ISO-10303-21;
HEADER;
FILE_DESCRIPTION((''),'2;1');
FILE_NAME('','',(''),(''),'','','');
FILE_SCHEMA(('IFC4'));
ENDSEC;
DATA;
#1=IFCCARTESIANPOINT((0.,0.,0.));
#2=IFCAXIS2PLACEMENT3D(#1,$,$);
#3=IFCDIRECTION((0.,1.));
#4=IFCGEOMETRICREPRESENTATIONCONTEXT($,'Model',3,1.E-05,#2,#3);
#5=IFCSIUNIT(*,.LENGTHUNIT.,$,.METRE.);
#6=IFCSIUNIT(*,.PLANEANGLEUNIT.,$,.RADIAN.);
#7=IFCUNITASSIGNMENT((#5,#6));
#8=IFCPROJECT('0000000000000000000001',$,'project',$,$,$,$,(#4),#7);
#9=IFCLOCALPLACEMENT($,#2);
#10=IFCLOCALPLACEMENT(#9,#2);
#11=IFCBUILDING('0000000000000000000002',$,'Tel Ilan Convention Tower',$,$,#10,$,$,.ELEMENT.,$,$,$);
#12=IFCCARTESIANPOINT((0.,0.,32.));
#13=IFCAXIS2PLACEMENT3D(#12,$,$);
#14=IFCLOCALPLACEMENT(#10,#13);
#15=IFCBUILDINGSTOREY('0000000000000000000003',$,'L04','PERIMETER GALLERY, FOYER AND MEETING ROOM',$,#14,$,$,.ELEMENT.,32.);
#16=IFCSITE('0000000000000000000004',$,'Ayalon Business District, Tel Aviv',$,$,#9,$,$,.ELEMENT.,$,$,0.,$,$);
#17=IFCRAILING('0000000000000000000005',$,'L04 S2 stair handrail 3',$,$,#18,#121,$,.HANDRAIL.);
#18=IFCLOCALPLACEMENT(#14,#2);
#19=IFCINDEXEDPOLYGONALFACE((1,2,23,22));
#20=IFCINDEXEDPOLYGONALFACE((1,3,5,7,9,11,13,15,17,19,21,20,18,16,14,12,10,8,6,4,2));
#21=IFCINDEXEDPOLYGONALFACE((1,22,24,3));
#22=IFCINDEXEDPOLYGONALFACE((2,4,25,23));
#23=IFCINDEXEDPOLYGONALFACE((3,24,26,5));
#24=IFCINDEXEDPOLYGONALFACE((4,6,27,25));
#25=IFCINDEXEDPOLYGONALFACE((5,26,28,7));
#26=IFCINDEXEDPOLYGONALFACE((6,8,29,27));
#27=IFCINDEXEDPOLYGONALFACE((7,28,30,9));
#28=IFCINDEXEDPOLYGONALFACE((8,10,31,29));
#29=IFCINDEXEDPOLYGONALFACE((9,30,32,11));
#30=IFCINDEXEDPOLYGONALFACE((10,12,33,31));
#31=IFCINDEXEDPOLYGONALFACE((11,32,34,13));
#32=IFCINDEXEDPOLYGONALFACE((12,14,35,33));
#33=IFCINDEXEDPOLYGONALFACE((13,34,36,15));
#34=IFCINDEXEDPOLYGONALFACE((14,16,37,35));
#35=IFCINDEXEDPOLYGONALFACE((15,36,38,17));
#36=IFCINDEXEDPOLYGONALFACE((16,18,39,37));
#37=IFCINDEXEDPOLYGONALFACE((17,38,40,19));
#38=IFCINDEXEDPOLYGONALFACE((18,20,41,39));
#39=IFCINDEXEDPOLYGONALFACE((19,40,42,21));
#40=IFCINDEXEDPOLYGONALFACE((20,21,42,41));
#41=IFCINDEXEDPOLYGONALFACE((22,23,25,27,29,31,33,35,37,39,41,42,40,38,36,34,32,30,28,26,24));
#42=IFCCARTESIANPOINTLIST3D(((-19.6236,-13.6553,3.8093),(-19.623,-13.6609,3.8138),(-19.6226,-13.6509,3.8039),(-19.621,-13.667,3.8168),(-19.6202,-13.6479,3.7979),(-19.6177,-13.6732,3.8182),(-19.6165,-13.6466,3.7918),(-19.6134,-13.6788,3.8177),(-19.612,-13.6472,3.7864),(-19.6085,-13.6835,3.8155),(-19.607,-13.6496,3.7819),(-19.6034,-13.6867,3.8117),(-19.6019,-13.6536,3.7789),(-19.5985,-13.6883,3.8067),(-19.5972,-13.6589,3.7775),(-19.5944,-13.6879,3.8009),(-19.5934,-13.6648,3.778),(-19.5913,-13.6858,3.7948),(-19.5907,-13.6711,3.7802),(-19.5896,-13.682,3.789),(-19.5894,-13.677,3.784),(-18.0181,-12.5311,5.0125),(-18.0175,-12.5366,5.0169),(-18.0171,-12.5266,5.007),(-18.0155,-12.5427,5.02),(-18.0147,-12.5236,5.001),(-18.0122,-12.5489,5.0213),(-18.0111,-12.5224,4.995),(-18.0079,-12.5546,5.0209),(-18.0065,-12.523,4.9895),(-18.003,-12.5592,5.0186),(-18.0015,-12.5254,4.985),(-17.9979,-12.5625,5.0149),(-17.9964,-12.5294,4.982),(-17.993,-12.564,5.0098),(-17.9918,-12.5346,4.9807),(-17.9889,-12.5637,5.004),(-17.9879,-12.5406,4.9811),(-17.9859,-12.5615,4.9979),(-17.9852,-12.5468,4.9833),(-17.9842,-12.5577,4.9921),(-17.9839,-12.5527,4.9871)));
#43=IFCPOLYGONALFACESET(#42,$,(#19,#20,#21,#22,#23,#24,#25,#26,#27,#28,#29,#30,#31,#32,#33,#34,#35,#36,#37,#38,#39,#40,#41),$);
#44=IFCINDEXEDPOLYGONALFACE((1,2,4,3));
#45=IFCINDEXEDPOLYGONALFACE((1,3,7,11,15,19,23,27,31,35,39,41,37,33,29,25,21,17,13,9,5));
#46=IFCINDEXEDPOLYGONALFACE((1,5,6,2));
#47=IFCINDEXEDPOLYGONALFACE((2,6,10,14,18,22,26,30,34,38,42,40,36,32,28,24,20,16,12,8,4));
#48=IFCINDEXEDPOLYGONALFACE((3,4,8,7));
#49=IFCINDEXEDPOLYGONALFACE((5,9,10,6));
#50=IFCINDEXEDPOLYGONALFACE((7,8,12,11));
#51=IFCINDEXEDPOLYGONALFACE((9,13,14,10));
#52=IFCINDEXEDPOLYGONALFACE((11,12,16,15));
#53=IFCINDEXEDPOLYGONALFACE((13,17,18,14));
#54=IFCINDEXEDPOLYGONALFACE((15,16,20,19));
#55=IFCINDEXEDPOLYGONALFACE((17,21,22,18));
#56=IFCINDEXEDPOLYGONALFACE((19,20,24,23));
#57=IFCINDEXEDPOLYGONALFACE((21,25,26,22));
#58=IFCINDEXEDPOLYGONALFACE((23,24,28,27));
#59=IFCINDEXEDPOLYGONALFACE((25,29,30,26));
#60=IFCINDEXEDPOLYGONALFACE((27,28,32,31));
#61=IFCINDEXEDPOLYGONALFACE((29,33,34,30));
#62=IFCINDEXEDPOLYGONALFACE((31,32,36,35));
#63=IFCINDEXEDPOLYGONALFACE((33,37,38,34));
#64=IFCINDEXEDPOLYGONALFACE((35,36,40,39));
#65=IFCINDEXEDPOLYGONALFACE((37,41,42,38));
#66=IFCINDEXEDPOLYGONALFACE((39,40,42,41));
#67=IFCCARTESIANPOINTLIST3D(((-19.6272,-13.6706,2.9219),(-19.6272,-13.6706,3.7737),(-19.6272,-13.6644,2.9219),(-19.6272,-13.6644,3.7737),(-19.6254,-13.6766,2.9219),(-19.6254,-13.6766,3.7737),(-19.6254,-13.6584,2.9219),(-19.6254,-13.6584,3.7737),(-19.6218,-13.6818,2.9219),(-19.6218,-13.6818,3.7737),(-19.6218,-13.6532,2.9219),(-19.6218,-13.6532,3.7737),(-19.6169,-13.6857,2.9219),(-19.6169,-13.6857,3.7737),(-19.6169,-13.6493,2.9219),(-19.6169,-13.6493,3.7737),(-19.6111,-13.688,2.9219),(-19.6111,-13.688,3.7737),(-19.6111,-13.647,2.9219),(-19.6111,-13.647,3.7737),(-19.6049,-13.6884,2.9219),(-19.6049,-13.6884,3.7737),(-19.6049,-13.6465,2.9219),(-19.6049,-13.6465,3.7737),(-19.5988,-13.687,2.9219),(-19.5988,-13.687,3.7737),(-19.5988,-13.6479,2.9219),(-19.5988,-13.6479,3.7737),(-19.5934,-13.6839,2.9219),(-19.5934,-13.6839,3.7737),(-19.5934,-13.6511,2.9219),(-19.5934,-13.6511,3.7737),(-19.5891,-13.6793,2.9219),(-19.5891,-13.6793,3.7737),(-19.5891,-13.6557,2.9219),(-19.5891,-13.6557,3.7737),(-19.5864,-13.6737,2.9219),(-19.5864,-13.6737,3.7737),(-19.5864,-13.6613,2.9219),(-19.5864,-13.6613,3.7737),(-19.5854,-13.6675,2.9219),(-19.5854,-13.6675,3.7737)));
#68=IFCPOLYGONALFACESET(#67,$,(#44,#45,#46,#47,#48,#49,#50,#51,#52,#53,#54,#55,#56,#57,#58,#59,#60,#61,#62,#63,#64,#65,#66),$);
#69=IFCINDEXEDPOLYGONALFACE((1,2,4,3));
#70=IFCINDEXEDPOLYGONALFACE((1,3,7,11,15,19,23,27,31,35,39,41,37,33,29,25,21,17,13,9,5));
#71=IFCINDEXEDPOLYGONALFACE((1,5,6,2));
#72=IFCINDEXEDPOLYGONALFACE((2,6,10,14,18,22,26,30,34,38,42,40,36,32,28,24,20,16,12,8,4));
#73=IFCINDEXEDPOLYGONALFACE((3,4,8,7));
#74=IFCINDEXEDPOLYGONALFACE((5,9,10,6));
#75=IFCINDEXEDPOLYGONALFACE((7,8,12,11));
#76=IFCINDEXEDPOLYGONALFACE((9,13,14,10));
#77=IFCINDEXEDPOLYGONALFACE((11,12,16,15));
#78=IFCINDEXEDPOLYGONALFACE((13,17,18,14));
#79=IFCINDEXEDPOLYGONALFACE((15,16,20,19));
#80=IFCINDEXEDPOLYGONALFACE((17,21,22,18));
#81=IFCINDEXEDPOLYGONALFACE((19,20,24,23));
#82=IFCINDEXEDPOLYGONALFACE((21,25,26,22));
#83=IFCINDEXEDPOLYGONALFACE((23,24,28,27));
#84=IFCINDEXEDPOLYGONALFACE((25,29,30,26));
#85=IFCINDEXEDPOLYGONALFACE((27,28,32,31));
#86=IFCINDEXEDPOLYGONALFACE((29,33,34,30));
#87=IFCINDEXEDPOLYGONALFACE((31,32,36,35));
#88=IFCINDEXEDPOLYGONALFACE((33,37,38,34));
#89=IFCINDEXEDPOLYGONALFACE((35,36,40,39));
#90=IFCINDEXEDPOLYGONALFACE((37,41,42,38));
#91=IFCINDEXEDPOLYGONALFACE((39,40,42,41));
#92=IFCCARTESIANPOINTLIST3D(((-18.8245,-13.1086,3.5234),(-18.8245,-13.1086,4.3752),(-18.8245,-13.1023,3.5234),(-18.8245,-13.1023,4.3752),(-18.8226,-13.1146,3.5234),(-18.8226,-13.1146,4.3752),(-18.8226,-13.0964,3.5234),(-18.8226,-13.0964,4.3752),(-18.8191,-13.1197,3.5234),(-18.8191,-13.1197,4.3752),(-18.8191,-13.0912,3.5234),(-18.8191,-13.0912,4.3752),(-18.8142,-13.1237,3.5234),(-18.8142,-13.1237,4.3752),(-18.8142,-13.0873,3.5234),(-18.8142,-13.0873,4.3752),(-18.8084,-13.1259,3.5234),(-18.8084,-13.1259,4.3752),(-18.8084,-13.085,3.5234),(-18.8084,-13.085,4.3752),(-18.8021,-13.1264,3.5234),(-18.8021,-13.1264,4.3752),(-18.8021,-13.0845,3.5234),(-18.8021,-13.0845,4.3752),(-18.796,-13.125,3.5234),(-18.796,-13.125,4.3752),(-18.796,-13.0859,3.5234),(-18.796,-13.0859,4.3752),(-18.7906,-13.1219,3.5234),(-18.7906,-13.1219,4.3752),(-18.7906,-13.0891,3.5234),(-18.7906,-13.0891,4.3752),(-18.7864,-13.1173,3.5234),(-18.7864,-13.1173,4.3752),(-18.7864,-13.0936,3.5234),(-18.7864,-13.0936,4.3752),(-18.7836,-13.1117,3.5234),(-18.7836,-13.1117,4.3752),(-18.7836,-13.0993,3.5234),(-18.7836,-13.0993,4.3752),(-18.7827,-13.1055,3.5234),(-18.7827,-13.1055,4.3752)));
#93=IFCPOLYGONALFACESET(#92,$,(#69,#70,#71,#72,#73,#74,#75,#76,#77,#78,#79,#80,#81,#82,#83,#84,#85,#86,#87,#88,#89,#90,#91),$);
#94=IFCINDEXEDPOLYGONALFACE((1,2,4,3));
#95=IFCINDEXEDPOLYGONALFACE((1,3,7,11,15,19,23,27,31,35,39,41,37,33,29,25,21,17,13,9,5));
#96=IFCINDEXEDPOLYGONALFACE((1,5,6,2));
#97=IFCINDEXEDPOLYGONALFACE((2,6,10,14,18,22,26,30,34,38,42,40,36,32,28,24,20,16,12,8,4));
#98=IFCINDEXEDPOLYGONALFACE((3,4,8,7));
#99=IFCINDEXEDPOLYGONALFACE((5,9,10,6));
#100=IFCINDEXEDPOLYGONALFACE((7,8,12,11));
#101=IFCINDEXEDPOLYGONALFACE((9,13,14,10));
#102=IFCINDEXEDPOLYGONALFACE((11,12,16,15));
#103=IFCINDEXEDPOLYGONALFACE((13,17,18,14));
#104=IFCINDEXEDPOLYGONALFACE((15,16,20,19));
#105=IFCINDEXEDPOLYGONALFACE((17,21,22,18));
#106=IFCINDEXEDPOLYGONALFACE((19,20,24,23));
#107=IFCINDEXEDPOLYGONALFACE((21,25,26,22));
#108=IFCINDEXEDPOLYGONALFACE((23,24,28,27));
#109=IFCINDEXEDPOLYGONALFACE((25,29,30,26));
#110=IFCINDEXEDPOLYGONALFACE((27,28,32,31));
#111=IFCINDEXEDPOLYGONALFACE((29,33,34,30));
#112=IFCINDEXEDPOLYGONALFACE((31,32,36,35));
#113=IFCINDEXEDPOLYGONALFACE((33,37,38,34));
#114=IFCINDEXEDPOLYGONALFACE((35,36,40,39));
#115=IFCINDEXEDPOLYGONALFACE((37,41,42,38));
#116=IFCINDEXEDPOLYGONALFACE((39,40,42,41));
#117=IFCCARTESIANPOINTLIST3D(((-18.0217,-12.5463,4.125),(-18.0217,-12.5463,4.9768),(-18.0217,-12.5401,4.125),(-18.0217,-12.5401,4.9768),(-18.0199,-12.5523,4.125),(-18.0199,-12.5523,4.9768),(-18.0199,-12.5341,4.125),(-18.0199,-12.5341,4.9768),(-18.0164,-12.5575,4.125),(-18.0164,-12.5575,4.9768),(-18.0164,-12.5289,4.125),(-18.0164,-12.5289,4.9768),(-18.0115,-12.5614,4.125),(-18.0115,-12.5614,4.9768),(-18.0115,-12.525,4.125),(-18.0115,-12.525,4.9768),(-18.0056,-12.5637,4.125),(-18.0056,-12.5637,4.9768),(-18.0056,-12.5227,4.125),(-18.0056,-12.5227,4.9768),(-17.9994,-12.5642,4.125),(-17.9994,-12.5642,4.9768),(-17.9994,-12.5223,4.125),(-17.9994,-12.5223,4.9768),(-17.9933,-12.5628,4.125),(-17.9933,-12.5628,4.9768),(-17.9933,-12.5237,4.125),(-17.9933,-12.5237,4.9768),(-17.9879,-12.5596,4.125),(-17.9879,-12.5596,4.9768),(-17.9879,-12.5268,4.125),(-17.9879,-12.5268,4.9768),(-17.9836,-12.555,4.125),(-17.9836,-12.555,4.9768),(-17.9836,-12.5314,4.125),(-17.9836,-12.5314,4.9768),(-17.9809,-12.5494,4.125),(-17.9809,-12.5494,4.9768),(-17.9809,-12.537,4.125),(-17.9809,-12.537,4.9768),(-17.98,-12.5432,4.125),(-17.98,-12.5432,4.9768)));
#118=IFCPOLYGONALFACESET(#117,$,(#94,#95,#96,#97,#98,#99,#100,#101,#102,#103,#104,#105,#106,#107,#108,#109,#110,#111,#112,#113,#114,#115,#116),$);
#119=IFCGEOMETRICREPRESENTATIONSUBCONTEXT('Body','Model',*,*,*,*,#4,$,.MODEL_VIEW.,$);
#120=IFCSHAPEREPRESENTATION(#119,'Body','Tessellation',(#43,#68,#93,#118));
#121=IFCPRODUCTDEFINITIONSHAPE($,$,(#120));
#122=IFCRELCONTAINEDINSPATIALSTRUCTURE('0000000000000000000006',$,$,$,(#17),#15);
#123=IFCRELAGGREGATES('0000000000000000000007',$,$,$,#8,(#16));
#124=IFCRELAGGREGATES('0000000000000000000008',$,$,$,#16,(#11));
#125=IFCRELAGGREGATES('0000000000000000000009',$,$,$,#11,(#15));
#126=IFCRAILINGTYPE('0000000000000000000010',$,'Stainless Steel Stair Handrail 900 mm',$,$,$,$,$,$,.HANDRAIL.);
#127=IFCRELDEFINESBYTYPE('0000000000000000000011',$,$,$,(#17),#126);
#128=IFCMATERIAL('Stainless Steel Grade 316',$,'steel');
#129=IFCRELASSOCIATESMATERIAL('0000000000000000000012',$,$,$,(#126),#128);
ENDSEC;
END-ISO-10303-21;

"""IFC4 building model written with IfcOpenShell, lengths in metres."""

from ifc_helpers import new_model, si_unit, direction, frame, origin, origin_2d, place, context, subcontext, project, spatial, circle, extrude, material, type_object, element, save


model = new_model("IFC4")

# Units and contexts
model_context = context("Model", 3, precision=1e-05, world=origin(), true_north=direction((0.0, 1.0)))
body_context = subcontext(model_context, "Body", "Model", "MODEL_VIEW")
ifc_project = project(units=[si_unit("LENGTHUNIT", "METRE"), si_unit("PLANEANGLEUNIT", "RADIAN")], contexts=[model_context])

# Site, building, storey
site_placement = place(None, origin())
site = spatial("IfcSite", under=ifc_project, at=site_placement, Name="Ayalon Business District, Tel Aviv", CompositionType="ELEMENT", RefElevation=0.0)
building_placement = place(site_placement, origin())
building = spatial("IfcBuilding", under=site, at=building_placement, Name="Tel Ilan Convention Tower", CompositionType="ELEMENT")
storey_placement = place(building_placement, frame((0.0, 0.0, 32.0)))
storey = spatial("IfcBuildingStorey", under=building, at=storey_placement, Name="L04", Description="PERIMETER GALLERY, FOYER AND MEETING ROOM", CompositionType="ELEMENT", Elevation=32.0)

# Railing
ifc_material_1 = material(Name="Stainless Steel Grade 316", Category="steel")
railing_type_1 = type_object("IfcRailingType", Name="Stainless Steel Stair Handrail 900 mm", PredefinedType="HANDRAIL", material=ifc_material_1)
railing_1_placement = place(storey_placement, frame((-19.6064, -13.6675, 2.9219)))
element("IfcRailing", 1, at=railing_1_placement, inside=storey, type_object=railing_type_1, Name="L04 S2 stair handrail 3", PredefinedType="HANDRAIL", context=body_context, shape_type="SweptSolid", body=[
    extrude(circle(Radius=0.0239, at=origin_2d()), frame((0.0, 0.0, 0.876), z_axis=(0.698095, 0.488857, 0.523146), x_axis=(-0.573613, 0.819127, 0.0)), (0.0, 0.0, 1.0), 2.2998),
    extrude(circle(Radius=0.021, at=origin_2d()), origin(), (0.0, 0.0, 1.0), 0.8518),
    extrude(circle(Radius=0.021, at=origin_2d()), frame((0.8027, 0.562, 0.6016)), (0.0, 0.0, 1.0), 0.8518),
    extrude(circle(Radius=0.021, at=origin_2d()), frame((1.6055, 1.1243, 1.2031)), (0.0, 0.0, 1.0), 0.8518),
])

save(model, "model.ifc")
